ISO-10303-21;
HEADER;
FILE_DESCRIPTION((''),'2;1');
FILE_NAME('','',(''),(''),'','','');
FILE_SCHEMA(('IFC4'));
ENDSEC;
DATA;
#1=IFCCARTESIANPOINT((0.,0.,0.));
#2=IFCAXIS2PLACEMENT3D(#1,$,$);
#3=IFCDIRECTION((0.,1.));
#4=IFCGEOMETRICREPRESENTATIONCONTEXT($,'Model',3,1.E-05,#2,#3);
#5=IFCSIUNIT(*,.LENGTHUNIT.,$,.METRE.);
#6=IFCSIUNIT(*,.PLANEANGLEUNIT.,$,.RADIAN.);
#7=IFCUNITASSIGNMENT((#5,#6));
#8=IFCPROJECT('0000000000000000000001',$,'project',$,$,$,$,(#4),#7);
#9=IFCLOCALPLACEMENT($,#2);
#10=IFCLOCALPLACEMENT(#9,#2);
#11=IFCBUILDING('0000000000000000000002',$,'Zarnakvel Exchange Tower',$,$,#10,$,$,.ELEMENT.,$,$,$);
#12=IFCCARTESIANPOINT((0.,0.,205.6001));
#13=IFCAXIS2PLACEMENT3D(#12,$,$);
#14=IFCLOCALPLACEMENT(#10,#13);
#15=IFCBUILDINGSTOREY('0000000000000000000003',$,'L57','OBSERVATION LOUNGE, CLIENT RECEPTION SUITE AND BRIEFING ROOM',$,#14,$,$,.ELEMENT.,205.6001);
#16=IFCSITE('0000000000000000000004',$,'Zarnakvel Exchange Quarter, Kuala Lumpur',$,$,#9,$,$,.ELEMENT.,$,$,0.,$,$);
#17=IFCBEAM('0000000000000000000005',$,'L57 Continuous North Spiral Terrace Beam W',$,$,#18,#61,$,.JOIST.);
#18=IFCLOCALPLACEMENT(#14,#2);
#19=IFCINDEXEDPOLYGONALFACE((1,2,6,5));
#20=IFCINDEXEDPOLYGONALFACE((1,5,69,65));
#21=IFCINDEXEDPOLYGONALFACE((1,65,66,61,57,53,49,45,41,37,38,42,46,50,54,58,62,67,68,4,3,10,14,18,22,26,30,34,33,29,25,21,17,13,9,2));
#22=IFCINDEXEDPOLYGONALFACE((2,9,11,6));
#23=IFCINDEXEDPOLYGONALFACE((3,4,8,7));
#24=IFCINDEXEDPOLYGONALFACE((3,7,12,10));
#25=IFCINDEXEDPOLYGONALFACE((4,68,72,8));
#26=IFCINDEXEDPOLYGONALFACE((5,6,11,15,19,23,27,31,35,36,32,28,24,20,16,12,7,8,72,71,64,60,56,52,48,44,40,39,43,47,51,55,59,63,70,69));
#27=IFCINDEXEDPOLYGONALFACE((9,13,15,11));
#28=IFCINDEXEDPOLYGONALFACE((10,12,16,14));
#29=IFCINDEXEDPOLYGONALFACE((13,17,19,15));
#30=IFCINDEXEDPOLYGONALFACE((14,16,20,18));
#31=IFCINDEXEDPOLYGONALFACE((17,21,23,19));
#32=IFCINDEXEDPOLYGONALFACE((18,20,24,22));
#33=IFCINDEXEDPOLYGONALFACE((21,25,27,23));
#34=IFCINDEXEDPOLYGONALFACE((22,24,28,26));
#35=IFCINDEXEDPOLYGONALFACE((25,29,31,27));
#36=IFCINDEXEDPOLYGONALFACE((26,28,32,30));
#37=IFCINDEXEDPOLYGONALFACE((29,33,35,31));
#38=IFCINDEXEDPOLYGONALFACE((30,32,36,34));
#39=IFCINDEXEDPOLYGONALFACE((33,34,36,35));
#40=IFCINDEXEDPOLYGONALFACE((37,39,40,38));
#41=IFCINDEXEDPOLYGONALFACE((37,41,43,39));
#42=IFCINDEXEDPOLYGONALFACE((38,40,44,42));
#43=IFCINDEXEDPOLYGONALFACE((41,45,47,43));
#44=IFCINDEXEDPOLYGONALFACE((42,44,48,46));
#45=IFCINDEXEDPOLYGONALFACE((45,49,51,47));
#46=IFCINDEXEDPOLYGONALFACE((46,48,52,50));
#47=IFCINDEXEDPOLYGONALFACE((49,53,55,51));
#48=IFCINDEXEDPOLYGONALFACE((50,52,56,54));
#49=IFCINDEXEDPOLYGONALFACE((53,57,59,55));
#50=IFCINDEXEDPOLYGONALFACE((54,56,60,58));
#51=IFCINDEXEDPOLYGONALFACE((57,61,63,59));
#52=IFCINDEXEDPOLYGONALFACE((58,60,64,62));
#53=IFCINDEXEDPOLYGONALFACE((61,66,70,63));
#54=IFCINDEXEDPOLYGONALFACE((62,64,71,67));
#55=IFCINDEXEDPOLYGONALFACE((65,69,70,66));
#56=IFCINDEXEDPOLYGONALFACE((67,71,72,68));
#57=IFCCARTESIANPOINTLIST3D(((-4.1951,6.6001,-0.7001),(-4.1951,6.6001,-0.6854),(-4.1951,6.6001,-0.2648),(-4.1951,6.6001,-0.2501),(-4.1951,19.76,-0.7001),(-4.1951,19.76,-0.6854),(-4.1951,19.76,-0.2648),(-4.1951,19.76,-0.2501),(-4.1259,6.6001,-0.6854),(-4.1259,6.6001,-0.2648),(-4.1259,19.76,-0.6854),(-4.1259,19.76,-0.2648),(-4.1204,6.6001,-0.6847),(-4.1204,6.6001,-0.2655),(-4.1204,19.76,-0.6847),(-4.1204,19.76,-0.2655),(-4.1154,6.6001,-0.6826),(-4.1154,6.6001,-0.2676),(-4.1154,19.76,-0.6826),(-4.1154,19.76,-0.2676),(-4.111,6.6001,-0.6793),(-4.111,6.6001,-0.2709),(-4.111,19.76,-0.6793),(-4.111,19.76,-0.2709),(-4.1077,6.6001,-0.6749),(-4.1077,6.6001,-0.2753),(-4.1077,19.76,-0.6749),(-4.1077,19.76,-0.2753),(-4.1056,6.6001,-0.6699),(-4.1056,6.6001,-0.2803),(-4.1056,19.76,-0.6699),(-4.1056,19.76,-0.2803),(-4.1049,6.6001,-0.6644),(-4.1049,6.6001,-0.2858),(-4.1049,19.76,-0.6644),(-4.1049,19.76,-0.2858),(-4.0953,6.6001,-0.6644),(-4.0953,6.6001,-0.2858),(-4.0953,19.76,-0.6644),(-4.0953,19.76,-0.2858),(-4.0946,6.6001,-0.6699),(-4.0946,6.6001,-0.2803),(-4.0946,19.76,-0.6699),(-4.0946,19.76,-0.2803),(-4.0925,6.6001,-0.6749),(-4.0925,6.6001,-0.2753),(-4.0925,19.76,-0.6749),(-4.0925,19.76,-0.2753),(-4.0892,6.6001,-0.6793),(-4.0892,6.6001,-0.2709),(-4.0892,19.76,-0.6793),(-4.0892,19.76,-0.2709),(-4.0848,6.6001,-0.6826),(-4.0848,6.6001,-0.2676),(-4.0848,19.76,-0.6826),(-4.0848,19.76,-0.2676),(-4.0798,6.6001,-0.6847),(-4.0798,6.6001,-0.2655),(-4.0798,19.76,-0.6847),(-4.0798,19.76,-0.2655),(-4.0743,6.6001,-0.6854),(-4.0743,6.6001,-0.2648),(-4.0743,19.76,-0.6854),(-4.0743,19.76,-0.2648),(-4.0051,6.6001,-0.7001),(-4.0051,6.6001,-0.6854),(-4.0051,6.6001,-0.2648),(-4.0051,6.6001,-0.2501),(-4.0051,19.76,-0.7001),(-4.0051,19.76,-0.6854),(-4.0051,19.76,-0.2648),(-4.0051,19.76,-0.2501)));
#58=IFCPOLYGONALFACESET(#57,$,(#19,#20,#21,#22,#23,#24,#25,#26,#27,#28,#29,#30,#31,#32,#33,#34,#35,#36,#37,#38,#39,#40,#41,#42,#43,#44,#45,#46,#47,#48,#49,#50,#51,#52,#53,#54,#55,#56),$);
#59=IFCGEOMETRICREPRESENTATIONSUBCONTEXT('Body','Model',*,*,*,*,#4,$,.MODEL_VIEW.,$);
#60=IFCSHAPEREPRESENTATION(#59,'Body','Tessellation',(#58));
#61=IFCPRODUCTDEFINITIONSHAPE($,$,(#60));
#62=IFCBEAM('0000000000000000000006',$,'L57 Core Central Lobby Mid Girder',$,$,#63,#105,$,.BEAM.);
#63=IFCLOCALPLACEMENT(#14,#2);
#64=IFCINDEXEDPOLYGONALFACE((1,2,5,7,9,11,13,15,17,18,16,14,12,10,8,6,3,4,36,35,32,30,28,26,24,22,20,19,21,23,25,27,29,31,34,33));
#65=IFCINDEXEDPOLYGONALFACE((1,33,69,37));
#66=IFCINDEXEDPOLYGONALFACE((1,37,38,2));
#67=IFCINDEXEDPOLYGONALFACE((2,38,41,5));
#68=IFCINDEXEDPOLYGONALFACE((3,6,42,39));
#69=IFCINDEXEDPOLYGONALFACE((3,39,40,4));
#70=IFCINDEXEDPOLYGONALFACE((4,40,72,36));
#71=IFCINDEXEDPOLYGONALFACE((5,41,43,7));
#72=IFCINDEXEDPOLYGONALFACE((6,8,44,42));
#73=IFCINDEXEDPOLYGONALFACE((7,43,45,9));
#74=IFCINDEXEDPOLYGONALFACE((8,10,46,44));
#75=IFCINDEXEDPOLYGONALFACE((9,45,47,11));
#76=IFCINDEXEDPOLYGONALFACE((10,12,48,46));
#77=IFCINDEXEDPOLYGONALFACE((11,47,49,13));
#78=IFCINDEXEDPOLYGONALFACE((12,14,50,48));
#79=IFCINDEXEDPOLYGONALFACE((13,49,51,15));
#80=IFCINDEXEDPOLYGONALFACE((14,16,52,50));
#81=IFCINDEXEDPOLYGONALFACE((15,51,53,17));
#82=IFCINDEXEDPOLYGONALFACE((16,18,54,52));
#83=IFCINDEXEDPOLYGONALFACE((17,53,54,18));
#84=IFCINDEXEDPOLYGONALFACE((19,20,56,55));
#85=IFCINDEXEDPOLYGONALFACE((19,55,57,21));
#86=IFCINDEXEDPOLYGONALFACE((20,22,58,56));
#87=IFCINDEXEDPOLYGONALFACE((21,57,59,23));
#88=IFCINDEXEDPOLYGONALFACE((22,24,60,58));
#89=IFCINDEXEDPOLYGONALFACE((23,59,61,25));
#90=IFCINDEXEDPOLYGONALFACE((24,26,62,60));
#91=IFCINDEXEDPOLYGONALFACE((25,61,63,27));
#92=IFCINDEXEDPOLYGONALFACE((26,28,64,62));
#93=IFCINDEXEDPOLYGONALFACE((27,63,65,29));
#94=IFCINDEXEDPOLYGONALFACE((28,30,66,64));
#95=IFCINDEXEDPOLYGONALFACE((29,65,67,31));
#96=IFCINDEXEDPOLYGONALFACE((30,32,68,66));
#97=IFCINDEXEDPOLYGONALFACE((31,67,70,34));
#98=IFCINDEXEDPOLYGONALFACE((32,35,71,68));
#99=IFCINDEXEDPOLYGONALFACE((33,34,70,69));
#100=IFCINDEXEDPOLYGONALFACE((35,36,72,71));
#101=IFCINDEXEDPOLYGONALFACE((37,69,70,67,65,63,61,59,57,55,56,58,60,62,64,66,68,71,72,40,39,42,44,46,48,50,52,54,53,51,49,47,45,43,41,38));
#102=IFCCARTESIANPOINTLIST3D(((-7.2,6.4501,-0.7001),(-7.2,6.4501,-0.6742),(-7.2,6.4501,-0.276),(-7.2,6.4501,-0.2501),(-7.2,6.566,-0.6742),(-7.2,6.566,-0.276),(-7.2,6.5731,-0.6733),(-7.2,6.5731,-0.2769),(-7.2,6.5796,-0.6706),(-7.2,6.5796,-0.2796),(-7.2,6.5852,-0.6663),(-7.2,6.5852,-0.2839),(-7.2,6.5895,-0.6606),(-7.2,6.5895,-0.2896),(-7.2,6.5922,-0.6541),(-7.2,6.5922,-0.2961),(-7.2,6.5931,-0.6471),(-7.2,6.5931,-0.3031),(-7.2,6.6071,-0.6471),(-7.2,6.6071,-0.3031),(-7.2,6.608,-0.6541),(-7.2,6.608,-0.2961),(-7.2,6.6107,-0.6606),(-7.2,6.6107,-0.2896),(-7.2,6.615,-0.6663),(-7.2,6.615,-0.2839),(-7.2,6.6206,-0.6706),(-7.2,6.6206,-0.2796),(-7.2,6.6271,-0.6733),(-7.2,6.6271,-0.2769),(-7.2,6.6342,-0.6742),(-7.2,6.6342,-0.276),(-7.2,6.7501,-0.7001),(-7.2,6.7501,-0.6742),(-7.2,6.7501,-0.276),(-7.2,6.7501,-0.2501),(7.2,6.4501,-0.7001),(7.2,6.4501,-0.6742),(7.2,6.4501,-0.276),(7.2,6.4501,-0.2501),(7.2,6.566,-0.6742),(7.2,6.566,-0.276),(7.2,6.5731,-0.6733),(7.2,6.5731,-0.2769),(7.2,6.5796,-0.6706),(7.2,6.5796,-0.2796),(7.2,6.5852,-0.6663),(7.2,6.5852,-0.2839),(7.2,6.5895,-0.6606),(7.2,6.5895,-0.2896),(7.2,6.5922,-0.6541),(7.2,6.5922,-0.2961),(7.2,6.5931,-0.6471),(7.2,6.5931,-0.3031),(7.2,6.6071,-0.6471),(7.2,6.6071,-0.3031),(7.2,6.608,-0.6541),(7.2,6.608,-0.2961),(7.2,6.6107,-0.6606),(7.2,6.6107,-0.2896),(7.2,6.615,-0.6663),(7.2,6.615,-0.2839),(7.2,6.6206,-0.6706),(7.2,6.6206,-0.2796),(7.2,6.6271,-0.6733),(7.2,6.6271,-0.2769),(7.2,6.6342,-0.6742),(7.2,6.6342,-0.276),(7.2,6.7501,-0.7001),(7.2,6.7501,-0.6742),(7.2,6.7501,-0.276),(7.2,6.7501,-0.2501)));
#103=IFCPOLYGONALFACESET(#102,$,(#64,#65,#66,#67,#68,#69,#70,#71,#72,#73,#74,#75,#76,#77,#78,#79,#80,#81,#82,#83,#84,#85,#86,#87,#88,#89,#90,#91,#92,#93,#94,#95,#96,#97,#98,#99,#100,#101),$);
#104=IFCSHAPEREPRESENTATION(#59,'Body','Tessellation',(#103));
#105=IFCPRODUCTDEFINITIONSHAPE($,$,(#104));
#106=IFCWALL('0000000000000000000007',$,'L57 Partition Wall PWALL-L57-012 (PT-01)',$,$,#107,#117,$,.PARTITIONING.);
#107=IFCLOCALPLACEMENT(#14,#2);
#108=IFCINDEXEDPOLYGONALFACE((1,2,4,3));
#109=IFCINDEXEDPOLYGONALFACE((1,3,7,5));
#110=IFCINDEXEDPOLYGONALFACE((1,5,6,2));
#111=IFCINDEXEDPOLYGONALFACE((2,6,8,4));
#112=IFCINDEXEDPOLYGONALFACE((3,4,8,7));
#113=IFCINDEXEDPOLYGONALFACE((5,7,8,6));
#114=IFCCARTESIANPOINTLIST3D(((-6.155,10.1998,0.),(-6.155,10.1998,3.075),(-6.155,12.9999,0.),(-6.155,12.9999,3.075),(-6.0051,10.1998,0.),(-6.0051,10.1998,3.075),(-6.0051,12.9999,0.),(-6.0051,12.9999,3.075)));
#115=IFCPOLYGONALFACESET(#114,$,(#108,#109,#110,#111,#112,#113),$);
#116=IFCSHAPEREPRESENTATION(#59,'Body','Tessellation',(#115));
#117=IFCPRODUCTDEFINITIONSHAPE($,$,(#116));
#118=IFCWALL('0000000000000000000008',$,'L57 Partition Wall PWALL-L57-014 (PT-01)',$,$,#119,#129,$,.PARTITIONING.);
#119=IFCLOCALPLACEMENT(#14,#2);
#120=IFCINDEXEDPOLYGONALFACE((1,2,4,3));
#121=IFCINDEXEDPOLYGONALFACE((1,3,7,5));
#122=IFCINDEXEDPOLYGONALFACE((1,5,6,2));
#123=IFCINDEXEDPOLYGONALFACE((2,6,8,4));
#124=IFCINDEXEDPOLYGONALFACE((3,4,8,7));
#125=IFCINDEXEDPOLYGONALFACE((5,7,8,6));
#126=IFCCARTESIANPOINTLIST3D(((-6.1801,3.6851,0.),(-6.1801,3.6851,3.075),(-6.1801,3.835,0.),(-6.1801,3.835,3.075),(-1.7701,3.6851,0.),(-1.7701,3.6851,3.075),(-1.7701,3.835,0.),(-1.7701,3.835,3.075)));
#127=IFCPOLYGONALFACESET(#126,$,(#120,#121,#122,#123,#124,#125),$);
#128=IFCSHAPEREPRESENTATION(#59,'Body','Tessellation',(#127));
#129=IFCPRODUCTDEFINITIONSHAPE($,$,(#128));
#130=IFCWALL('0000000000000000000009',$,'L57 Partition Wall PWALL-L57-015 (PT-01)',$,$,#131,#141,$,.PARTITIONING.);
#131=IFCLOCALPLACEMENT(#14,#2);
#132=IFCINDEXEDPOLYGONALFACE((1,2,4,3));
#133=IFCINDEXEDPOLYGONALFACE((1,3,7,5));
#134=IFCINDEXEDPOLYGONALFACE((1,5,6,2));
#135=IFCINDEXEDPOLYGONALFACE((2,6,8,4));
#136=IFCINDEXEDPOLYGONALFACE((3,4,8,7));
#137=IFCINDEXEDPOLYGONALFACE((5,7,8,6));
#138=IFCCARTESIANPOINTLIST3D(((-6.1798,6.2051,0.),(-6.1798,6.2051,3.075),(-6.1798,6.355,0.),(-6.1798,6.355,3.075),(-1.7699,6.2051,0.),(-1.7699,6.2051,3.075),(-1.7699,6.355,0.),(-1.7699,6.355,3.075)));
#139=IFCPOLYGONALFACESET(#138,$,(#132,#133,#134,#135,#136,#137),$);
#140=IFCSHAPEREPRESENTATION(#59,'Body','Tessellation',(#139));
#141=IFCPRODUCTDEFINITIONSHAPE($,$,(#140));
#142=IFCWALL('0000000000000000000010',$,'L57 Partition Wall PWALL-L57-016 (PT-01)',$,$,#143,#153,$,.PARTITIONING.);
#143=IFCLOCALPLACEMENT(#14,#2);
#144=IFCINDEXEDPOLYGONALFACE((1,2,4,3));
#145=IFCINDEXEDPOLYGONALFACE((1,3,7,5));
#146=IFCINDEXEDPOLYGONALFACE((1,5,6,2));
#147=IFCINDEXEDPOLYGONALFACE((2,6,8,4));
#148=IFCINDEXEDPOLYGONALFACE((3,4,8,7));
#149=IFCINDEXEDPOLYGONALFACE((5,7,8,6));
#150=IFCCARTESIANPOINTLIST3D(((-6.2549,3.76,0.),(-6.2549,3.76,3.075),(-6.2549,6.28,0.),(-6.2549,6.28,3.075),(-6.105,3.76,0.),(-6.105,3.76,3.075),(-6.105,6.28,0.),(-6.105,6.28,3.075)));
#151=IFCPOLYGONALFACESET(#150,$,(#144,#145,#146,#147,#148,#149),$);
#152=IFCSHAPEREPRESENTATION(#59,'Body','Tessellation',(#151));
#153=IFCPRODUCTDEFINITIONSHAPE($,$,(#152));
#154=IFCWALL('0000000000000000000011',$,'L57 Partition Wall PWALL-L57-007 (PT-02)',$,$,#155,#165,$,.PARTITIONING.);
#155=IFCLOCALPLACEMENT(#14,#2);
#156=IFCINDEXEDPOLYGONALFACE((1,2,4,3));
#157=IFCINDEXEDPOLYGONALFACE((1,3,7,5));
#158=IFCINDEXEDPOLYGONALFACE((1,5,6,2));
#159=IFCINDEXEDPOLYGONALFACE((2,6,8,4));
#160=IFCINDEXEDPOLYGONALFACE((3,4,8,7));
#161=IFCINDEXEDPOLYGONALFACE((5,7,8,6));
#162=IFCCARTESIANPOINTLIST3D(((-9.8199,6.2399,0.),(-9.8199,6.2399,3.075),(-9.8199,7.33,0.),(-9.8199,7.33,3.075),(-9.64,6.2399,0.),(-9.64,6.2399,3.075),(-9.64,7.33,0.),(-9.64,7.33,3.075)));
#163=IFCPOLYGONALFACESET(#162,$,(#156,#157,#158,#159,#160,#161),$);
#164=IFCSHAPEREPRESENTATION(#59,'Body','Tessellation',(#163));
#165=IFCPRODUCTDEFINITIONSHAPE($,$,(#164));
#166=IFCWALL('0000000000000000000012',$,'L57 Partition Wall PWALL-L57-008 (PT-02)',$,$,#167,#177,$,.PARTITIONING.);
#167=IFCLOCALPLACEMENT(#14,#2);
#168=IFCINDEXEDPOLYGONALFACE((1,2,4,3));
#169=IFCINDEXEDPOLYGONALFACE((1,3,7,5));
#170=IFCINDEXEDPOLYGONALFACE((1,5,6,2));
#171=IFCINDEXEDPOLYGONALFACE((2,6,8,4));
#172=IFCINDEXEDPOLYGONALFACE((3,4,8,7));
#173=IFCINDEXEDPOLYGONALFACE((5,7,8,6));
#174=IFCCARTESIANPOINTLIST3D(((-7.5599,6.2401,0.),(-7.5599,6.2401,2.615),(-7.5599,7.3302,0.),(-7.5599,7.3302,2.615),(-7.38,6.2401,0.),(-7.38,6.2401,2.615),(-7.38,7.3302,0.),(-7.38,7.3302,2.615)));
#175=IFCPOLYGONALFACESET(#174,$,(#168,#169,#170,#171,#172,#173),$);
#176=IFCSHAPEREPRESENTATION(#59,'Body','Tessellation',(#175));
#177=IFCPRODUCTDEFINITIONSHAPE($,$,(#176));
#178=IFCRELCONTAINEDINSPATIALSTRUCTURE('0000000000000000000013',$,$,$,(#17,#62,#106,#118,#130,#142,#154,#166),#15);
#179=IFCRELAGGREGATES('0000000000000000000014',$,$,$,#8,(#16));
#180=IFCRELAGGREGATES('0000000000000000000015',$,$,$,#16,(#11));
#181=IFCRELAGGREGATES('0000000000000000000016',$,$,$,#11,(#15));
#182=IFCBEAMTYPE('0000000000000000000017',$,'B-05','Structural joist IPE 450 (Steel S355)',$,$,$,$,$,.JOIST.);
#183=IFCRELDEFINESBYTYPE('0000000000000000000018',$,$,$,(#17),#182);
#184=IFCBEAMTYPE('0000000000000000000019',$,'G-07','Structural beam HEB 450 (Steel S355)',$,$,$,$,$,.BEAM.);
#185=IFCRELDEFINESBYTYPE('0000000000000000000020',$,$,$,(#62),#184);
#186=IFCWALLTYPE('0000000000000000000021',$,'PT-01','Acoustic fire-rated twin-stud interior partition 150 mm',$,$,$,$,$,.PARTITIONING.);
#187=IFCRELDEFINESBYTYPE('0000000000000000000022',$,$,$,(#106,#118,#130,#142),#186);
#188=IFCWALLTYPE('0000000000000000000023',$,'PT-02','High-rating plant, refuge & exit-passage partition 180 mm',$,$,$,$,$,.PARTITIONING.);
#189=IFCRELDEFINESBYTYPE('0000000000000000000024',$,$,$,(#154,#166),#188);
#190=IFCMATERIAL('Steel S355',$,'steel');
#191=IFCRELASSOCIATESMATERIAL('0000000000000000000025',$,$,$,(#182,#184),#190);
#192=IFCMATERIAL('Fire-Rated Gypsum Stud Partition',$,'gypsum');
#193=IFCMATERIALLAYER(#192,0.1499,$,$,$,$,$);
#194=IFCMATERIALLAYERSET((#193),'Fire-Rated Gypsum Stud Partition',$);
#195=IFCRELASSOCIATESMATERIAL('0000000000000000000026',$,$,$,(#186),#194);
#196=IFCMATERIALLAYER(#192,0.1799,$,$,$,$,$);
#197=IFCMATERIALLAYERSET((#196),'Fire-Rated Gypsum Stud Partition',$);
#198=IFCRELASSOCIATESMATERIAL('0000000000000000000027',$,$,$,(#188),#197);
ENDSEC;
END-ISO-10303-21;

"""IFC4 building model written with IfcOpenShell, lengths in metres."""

from ifc_helpers import new_model, si_unit, direction, frame, frame_2d, origin, origin_2d, place, context, subcontext, project, spatial, rectangle, i_section, extrude, material, layer, layer_set, material_profile, profile_set, type_object, element, save


model = new_model("IFC4")

# Units and contexts
model_context = context("Model", 3, precision=1e-05, world=origin(), true_north=direction((0.0, 1.0)))
body_context = subcontext(model_context, "Body", "Model", "MODEL_VIEW")
ifc_project = project(units=[si_unit("LENGTHUNIT", "METRE"), si_unit("PLANEANGLEUNIT", "RADIAN")], contexts=[model_context])

# Site, building, storey
site_placement = place(None, origin())
site = spatial("IfcSite", under=ifc_project, at=site_placement, Name="Zarnakvel Exchange Quarter, Kuala Lumpur", CompositionType="ELEMENT", RefElevation=0.0)
building_placement = place(site_placement, origin())
building = spatial("IfcBuilding", under=site, at=building_placement, Name="Zarnakvel Exchange Tower", CompositionType="ELEMENT")
storey_placement = place(building_placement, frame((0.0, 0.0, 205.6001)))
storey = spatial("IfcBuildingStorey", under=building, at=storey_placement, Name="L57", Description="OBSERVATION LOUNGE, CLIENT RECEPTION SUITE AND BRIEFING ROOM", CompositionType="ELEMENT", Elevation=205.6001)

# Beams
ifc_material_1 = material(Name="Steel S355", Category="steel")
ifc_material_profile_1 = material_profile(ifc_material_1, i_section(OverallWidth=0.1899, OverallDepth=0.45, WebThickness=0.0095, FlangeThickness=0.0146, FilletRadius=0.021, at=origin_2d()))
ifc_profile_set_1 = profile_set([ifc_material_profile_1], Name="Steel S355")
beam_type_1 = type_object("IfcBeamType", Name="B-05", Description="Structural joist IPE 450 (Steel S355)", PredefinedType="JOIST", material=ifc_profile_set_1)
beam_1_placement = place(storey_placement, frame((-4.1001, 6.6001, -0.4751), z_axis=(0.0, 1.0, 0.0), x_axis=(-1.0, 0.0, 0.0)))
element("IfcBeam", 1, at=beam_1_placement, inside=storey, type_object=beam_type_1, Name="L57 Continuous North Spiral Terrace Beam W", PredefinedType="JOIST", context=body_context, shape_type="SweptSolid", body=[
    extrude(i_section(OverallWidth=0.1899, OverallDepth=0.45, WebThickness=0.0095, FlangeThickness=0.0146, FilletRadius=0.021, at=origin_2d()), origin(), (0.0, 0.0, 1.0), 13.1599),
])
ifc_material_profile_2 = material_profile(ifc_material_1, i_section(OverallWidth=0.3, OverallDepth=0.45, WebThickness=0.0139, FlangeThickness=0.0259, FilletRadius=0.0271, at=origin_2d()))
ifc_profile_set_2 = profile_set([ifc_material_profile_2], Name="Steel S355")
beam_type_2 = type_object("IfcBeamType", Name="G-07", Description="Structural beam HEB 450 (Steel S355)", PredefinedType="BEAM", material=ifc_profile_set_2)
beam_2_placement = place(storey_placement, frame((-7.2, 6.6001, -0.4751), z_axis=(1.0, 0.0, 0.0), x_axis=(0.0, 1.0, 0.0)))
element("IfcBeam", 2, at=beam_2_placement, inside=storey, type_object=beam_type_2, Name="L57 Core Central Lobby Mid Girder", PredefinedType="BEAM", context=body_context, shape_type="SweptSolid", body=[
    extrude(i_section(OverallWidth=0.3, OverallDepth=0.45, WebThickness=0.0139, FlangeThickness=0.0259, FilletRadius=0.0271, at=origin_2d()), origin(), (0.0, 0.0, 1.0), 14.3999),
])

# Walls
ifc_material_2 = material(Name="Fire-Rated Gypsum Stud Partition", Category="gypsum")
ifc_layer_1 = layer(ifc_material_2, 0.1499)
ifc_layer_set_1 = layer_set([ifc_layer_1], Name="Fire-Rated Gypsum Stud Partition")
wall_type_1 = type_object("IfcWallType", Name="PT-01", Description="Acoustic fire-rated twin-stud interior partition 150 mm", PredefinedType="PARTITIONING", material=ifc_layer_set_1)
wall_1_placement = place(storey_placement, frame((-6.0801, 10.2, 0.0), z_axis=(0.0, 0.0, 1.0), x_axis=(0.0, 1.0, 0.0)))
element("IfcWall", 3, at=wall_1_placement, inside=storey, type_object=wall_type_1, Name="L57 Partition Wall PWALL-L57-012 (PT-01)", PredefinedType="PARTITIONING", context=body_context, shape_type="SweptSolid", body=[
    extrude(rectangle(XDim=2.8, YDim=0.1499, at=frame_2d((1.3999, 0.0))), origin(), (0.0, 0.0, 1.0), 3.075),
])
for number, where, z_axis, x_axis, name in (
    (4, (-1.77, 3.76, 0.0), (0.0, 0.0, 1.0), (-1.0, 0.0, 0.0), "L57 Partition Wall PWALL-L57-014 (PT-01)"),
    (5, (-6.1799, 6.28, 0.0), (0.0, 0.0, 1.0), (1.0, 0.0, 0.0), "L57 Partition Wall PWALL-L57-015 (PT-01)"),
):
    element("IfcWall", number, at=place(storey_placement, frame(where, z_axis=z_axis, x_axis=x_axis)), inside=storey, type_object=wall_type_1, Name=name, PredefinedType="PARTITIONING", context=body_context, shape_type="SweptSolid", body=[
        extrude(rectangle(XDim=4.4099, YDim=0.1499, at=frame_2d((2.2051, 0.0))), origin(), (0.0, 0.0, 1.0), 3.075),
    ])
wall_2_placement = place(storey_placement, frame((-6.1799, 3.76, 0.0), z_axis=(0.0, 0.0, 1.0), x_axis=(0.0, 1.0, 0.0)))
element("IfcWall", 6, at=wall_2_placement, inside=storey, type_object=wall_type_1, Name="L57 Partition Wall PWALL-L57-016 (PT-01)", PredefinedType="PARTITIONING", context=body_context, shape_type="SweptSolid", body=[
    extrude(rectangle(XDim=2.52, YDim=0.1499, at=frame_2d((1.26, 0.0))), origin(), (0.0, 0.0, 1.0), 3.075),
])

# Walls
ifc_layer_2 = layer(ifc_material_2, 0.1799)
ifc_layer_set_2 = layer_set([ifc_layer_2], Name="Fire-Rated Gypsum Stud Partition")
wall_type_2 = type_object("IfcWallType", Name="PT-02", Description="High-rating plant, refuge & exit-passage partition 180 mm", PredefinedType="PARTITIONING", material=ifc_layer_set_2)
wall_3_placement = place(storey_placement, frame((-9.73, 6.24, 0.0), z_axis=(0.0, 0.0, 1.0), x_axis=(0.0, 1.0, 0.0)))
element("IfcWall", 7, at=wall_3_placement, inside=storey, type_object=wall_type_2, Name="L57 Partition Wall PWALL-L57-007 (PT-02)", PredefinedType="PARTITIONING", context=body_context, shape_type="SweptSolid", body=[
    extrude(rectangle(XDim=1.0901, YDim=0.1799, at=frame_2d((0.5449, 0.0))), origin(), (0.0, 0.0, 1.0), 3.075),
])
wall_4_placement = place(storey_placement, frame((-7.47, 7.3301, 0.0), z_axis=(0.0, 0.0, 1.0), x_axis=(0.0, -1.0, 0.0)))
element("IfcWall", 8, at=wall_4_placement, inside=storey, type_object=wall_type_2, Name="L57 Partition Wall PWALL-L57-008 (PT-02)", PredefinedType="PARTITIONING", context=body_context, shape_type="SweptSolid", body=[
    extrude(rectangle(XDim=1.0901, YDim=0.1799, at=frame_2d((0.5449, 0.0))), origin(), (0.0, 0.0, 1.0), 2.615),
])

save(model, "model.ifc")
